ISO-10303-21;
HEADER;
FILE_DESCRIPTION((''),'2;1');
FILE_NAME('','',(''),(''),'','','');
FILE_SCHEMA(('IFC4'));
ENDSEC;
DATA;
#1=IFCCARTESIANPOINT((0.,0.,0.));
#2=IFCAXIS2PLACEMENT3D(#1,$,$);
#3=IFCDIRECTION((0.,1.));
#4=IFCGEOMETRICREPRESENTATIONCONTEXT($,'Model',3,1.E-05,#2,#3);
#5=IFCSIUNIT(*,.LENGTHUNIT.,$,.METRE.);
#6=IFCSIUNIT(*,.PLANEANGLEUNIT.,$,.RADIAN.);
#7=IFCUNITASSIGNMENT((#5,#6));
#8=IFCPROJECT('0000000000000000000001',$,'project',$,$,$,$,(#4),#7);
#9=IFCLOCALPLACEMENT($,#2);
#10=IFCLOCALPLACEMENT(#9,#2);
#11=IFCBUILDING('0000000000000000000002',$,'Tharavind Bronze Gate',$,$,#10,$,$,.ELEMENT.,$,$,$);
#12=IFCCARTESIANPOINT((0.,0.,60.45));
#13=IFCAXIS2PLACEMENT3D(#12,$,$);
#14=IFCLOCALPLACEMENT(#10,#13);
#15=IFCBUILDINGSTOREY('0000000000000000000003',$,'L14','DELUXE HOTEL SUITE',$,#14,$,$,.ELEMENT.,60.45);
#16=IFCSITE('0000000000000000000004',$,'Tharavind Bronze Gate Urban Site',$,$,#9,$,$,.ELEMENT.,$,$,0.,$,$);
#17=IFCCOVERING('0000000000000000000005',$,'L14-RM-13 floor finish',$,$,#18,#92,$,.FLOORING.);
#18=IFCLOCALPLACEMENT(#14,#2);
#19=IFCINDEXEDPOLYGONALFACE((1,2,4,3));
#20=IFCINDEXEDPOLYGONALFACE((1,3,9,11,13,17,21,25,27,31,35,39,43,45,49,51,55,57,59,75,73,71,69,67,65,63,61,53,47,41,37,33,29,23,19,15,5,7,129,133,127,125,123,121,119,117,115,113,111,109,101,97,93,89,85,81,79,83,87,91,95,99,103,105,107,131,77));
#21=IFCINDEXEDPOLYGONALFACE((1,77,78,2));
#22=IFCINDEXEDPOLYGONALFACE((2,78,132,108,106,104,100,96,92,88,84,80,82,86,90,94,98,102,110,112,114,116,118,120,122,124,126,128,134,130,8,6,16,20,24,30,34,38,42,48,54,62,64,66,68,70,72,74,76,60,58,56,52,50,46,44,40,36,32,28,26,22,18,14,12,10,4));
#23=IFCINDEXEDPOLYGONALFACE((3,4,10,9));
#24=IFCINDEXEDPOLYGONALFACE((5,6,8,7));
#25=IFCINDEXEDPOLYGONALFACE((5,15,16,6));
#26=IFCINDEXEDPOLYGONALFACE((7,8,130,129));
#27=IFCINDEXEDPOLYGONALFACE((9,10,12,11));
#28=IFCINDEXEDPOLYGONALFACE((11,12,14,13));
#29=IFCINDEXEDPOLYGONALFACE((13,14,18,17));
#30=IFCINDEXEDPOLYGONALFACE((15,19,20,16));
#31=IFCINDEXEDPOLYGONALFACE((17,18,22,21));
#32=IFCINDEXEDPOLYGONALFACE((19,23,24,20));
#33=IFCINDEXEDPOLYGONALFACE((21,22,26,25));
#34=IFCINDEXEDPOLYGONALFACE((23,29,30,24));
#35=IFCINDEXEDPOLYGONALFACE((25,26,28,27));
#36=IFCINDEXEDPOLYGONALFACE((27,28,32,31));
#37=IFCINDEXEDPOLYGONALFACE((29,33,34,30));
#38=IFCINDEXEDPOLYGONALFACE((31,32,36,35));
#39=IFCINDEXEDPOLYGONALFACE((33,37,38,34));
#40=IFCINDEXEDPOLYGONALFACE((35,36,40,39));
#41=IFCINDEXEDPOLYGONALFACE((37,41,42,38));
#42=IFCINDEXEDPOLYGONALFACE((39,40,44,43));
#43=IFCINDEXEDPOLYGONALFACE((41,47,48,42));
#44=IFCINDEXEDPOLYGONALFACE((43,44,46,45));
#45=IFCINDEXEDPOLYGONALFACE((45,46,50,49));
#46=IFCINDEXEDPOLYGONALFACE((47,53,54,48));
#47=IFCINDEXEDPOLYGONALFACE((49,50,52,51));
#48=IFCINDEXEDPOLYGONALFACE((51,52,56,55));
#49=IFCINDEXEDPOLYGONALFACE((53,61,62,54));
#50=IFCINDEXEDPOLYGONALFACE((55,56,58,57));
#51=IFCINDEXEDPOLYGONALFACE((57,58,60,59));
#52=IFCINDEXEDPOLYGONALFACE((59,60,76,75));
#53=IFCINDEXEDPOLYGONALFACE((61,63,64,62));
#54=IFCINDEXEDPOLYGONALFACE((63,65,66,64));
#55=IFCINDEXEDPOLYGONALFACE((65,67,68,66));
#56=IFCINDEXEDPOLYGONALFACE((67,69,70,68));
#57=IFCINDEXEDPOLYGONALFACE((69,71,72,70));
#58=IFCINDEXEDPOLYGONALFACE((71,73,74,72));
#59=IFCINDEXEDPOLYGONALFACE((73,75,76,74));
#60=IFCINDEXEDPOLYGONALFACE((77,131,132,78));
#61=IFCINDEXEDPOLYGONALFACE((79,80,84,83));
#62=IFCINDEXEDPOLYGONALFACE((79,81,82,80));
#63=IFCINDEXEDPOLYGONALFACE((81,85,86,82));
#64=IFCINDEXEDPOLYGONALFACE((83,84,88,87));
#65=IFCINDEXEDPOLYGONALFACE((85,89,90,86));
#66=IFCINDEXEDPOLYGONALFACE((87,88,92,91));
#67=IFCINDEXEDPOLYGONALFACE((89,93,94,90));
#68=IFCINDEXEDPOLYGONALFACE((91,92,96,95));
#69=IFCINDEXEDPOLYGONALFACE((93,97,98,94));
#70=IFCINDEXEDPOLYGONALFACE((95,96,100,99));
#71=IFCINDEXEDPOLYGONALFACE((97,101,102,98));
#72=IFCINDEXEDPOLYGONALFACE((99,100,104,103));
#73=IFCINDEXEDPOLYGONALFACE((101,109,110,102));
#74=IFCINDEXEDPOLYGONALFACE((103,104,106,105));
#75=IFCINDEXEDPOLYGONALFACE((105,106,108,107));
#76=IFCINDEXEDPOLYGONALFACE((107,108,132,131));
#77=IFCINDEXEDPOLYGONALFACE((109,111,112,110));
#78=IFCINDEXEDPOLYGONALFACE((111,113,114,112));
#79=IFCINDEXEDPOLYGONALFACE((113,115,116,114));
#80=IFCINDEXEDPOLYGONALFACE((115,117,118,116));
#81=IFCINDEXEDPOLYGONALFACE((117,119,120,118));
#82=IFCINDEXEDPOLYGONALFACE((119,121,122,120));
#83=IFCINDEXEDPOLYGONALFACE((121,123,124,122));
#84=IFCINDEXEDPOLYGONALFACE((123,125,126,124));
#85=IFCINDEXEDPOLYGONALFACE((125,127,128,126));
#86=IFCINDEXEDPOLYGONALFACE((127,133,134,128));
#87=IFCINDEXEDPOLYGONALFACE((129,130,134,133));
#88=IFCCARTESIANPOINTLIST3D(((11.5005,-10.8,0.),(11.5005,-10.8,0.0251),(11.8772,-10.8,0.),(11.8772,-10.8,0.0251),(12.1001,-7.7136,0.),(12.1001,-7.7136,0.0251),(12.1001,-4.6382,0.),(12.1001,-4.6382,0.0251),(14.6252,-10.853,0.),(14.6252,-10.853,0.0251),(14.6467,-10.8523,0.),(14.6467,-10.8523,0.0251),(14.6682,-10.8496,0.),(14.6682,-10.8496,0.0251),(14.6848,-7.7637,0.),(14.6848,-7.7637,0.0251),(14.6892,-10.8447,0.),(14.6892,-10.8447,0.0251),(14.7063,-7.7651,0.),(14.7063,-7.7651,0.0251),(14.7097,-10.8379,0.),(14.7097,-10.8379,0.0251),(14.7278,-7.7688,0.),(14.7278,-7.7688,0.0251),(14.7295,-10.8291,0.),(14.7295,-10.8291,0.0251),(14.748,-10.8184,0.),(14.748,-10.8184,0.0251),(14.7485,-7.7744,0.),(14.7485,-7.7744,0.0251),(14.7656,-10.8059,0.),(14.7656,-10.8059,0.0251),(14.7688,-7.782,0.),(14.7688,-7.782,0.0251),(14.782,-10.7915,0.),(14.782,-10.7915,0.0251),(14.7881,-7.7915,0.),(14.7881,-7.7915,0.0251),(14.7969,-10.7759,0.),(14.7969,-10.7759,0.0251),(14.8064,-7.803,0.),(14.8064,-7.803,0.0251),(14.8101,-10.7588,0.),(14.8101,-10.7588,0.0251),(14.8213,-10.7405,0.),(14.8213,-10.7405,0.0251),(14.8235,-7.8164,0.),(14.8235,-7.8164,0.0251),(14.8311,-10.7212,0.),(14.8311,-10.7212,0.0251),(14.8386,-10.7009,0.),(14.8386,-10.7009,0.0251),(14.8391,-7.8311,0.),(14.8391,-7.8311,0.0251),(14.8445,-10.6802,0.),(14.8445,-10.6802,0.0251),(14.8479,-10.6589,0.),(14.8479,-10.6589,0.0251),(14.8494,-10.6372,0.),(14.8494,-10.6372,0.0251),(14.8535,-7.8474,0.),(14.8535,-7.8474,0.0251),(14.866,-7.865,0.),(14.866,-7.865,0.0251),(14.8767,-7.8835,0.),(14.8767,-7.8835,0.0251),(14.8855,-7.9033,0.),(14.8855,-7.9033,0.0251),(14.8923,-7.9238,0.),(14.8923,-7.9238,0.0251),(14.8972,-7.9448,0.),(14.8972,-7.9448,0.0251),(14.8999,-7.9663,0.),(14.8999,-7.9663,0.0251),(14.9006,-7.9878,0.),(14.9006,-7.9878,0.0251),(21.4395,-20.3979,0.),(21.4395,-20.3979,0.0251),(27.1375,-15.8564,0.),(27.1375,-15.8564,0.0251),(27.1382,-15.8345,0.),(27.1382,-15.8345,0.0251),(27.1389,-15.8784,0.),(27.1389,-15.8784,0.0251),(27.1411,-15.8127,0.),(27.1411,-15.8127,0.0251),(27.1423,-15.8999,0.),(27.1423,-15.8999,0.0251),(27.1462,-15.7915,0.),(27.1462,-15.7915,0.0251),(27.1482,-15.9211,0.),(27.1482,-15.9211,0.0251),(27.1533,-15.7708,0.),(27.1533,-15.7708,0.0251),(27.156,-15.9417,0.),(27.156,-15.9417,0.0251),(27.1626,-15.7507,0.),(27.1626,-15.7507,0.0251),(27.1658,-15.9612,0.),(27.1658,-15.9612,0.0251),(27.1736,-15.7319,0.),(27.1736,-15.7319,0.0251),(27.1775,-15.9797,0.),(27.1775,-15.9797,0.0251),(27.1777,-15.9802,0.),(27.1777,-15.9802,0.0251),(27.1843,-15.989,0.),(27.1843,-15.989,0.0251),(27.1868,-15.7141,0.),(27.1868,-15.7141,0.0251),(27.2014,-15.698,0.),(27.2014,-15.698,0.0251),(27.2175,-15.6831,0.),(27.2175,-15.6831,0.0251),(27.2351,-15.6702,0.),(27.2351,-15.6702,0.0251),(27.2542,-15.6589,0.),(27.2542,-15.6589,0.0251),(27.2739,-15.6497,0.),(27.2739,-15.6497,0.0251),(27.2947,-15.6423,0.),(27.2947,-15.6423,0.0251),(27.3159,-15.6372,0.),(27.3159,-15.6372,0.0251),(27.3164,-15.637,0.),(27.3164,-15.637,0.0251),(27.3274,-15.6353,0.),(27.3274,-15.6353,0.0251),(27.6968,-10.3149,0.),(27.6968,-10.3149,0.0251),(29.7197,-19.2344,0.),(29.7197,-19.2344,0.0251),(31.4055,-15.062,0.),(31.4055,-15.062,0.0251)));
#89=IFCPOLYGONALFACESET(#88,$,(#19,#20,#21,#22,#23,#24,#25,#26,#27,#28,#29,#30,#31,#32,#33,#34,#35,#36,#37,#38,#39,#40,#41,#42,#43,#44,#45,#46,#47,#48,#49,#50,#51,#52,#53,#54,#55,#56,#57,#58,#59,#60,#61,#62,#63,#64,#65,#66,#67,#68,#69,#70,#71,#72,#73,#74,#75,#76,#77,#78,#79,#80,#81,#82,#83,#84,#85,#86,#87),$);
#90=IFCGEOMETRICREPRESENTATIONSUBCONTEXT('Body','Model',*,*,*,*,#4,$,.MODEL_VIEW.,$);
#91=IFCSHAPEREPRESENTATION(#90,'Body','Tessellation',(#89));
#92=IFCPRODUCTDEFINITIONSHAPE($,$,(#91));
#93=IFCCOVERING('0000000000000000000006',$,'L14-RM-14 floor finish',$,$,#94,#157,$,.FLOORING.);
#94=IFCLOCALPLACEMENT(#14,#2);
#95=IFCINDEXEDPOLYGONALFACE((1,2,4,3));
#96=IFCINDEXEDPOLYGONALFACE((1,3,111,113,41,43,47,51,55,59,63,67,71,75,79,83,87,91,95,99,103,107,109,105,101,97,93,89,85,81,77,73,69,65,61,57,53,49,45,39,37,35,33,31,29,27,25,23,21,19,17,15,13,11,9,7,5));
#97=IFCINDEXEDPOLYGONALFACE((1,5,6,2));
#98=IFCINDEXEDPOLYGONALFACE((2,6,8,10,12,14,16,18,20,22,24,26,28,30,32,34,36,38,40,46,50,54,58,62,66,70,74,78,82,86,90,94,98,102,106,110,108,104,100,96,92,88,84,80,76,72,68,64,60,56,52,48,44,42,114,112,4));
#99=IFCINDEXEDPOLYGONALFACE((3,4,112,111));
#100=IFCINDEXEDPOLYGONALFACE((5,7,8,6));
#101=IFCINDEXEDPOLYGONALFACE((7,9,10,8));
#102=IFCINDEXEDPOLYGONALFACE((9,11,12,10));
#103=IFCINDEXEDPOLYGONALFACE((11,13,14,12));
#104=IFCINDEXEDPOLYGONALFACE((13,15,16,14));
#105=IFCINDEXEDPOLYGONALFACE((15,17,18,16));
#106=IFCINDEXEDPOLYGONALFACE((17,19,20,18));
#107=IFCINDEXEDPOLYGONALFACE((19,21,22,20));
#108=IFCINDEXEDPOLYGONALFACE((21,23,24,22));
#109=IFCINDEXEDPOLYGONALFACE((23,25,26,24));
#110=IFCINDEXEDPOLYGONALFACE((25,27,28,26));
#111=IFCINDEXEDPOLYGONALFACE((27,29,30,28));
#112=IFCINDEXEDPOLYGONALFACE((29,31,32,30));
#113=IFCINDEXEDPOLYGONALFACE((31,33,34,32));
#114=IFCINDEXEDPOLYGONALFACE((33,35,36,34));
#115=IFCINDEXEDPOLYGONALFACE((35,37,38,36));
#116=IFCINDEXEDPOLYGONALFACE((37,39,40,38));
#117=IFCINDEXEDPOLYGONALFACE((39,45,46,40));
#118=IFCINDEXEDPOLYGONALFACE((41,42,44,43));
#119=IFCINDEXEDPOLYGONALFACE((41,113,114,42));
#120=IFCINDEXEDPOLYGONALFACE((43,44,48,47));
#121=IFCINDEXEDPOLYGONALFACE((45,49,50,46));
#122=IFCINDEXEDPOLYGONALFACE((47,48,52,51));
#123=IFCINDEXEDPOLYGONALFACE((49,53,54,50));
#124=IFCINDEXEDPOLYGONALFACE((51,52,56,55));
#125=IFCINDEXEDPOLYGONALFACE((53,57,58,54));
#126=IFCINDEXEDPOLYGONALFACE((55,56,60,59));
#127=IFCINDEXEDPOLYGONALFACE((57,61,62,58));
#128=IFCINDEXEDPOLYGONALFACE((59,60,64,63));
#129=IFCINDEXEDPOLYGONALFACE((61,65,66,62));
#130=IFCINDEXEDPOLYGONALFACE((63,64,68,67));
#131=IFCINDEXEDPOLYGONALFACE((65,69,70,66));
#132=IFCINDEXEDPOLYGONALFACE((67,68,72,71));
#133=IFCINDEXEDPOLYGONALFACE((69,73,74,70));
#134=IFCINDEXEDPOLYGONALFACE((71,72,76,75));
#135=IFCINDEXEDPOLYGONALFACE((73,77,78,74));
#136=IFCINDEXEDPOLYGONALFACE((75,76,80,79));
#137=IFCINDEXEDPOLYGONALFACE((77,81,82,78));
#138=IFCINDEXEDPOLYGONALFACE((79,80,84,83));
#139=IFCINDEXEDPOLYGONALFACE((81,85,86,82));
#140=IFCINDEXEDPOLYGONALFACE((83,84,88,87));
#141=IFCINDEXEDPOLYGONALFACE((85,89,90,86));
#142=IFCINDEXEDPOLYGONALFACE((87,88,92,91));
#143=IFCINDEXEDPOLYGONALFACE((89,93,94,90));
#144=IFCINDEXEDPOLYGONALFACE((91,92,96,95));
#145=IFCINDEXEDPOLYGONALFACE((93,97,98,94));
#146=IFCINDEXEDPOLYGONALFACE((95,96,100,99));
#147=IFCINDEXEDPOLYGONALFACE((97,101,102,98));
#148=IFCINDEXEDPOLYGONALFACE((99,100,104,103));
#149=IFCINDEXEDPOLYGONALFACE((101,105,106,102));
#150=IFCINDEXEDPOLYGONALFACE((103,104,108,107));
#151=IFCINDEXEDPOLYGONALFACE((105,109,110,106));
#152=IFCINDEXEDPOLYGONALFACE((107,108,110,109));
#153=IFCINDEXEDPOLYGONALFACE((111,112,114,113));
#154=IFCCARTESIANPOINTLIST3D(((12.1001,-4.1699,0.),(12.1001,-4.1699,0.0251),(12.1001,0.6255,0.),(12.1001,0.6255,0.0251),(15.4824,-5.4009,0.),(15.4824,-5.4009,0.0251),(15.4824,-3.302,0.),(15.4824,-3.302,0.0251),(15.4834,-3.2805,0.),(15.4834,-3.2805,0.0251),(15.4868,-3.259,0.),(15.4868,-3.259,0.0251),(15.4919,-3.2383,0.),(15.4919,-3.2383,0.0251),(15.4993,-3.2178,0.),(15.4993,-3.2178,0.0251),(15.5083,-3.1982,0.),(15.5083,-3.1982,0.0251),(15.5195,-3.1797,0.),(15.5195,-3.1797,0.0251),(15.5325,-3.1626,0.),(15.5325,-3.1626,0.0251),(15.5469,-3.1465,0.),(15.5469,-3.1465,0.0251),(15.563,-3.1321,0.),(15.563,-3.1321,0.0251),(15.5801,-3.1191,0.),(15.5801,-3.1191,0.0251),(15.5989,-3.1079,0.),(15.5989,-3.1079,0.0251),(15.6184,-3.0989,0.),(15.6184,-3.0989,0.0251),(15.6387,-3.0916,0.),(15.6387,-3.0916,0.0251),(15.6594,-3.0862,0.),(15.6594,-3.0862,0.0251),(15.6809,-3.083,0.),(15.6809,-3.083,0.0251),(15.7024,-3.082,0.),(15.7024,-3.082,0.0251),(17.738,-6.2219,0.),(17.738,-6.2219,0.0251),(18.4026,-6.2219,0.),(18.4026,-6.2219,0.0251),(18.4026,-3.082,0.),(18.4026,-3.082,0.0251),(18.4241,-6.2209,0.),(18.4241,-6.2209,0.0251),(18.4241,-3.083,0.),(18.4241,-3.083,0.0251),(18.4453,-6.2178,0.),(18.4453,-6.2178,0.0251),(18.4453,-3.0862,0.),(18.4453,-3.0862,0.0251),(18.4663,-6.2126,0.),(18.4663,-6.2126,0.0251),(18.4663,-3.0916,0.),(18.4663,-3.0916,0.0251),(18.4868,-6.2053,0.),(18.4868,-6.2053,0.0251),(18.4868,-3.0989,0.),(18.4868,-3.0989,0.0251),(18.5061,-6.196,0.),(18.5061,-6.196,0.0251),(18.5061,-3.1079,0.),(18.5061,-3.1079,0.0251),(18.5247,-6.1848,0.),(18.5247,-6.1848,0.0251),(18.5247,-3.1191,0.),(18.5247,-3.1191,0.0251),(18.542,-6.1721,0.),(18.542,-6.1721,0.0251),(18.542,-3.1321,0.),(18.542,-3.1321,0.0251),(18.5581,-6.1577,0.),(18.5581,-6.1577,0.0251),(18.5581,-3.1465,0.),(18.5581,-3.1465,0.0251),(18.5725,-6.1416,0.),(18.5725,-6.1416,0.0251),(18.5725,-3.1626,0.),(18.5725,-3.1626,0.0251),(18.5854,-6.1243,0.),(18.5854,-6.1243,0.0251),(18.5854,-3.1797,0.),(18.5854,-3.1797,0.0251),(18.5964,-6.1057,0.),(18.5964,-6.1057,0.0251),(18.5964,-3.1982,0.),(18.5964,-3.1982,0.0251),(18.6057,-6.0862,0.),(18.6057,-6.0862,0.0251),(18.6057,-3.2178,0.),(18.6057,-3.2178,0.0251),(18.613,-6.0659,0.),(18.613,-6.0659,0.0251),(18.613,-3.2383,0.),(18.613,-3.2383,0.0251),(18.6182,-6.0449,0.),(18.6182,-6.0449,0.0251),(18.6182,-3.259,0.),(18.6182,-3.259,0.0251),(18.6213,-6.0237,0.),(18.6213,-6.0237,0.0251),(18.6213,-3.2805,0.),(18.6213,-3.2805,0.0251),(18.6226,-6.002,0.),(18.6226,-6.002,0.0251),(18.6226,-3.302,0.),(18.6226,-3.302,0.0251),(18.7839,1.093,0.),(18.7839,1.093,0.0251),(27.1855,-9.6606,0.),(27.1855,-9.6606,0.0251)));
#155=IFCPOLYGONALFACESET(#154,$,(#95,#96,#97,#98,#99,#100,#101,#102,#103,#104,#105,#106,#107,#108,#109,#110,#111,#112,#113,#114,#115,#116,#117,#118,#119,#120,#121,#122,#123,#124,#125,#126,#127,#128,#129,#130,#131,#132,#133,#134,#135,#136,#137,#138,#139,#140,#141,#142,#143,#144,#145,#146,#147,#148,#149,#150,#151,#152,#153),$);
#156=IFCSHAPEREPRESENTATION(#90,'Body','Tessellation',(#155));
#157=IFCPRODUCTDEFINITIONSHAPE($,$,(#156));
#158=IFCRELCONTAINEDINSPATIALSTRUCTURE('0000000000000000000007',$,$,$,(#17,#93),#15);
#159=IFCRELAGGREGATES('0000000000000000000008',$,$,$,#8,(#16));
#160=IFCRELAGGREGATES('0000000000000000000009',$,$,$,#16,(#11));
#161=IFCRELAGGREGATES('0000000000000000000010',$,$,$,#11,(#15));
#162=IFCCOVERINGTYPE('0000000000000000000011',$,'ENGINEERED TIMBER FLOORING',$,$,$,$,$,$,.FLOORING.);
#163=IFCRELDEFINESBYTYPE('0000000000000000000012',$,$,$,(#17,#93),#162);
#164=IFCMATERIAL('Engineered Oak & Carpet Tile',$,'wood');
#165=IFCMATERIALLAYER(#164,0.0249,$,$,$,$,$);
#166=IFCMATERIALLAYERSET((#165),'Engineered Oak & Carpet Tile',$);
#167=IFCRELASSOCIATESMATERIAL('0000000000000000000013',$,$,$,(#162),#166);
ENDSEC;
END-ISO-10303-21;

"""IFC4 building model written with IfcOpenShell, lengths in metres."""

from ifc_helpers import new_model, si_unit, direction, frame, origin, place, context, subcontext, project, spatial, polyline, outline, extrude, material, layer, layer_set, type_object, element, save


model = new_model("IFC4")

# Units and contexts
model_context = context("Model", 3, precision=1e-05, world=origin(), true_north=direction((0.0, 1.0)))
body_context = subcontext(model_context, "Body", "Model", "MODEL_VIEW")
ifc_project = project(units=[si_unit("LENGTHUNIT", "METRE"), si_unit("PLANEANGLEUNIT", "RADIAN")], contexts=[model_context])

# Site, building, storey
site_placement = place(None, origin())
site = spatial("IfcSite", under=ifc_project, at=site_placement, Name="Tharavind Bronze Gate Urban Site", CompositionType="ELEMENT", RefElevation=0.0)
building_placement = place(site_placement, origin())
building = spatial("IfcBuilding", under=site, at=building_placement, Name="Tharavind Bronze Gate", CompositionType="ELEMENT")
storey_placement = place(building_placement, frame((0.0, 0.0, 60.45)))
storey = spatial("IfcBuildingStorey", under=building, at=storey_placement, Name="L14", Description="DELUXE HOTEL SUITE", CompositionType="ELEMENT", Elevation=60.45)

# Coverings
ifc_material_1 = material(Name="Engineered Oak & Carpet Tile", Category="wood")
ifc_layer_1 = layer(ifc_material_1, 0.0249)
ifc_layer_set_1 = layer_set([ifc_layer_1], Name="Engineered Oak & Carpet Tile")
covering_type_1 = type_object("IfcCoveringType", Name="ENGINEERED TIMBER FLOORING", PredefinedType="FLOORING", material=ifc_layer_set_1)
covering_1_placement = place(storey_placement, origin())
element("IfcCovering", 1, at=covering_1_placement, inside=storey, type_object=covering_type_1, Name="L14-RM-13 floor finish", PredefinedType="FLOORING", context=body_context, shape_type="SweptSolid", body=[
    extrude(outline(polyline([(21.4395, -20.3979), (29.7197, -19.2344), (27.1843, -15.989), (27.1777, -15.9802), (27.1775, -15.9797), (27.1658, -15.9612), (27.156, -15.9417), (27.1482, -15.9211), (27.1423, -15.8999), (27.1389, -15.8784), (27.1375, -15.8564), (27.1382, -15.8345), (27.1411, -15.8127), (27.1462, -15.7915), (27.1533, -15.7708), (27.1626, -15.7507), (27.1736, -15.7319), (27.1868, -15.7141), (27.2014, -15.698), (27.2175, -15.6831), (27.2351, -15.6702), (27.2542, -15.6589), (27.2739, -15.6497), (27.2947, -15.6423), (27.3159, -15.6372), (27.3164, -15.637), (27.3274, -15.6353), (31.4055, -15.062), (27.6968, -10.3149), (12.1001, -4.6382), (12.1001, -7.7136), (14.6848, -7.7637), (14.7063, -7.7651), (14.7278, -7.7688), (14.7485, -7.7744), (14.7688, -7.782), (14.7881, -7.7915), (14.8064, -7.803), (14.8235, -7.8164), (14.8391, -7.8311), (14.8535, -7.8474), (14.866, -7.865), (14.8767, -7.8835), (14.8855, -7.9033), (14.8923, -7.9238), (14.8972, -7.9448), (14.8999, -7.9663), (14.9006, -7.9878), (14.8494, -10.6372), (14.8479, -10.6589), (14.8445, -10.6802), (14.8386, -10.7009), (14.8311, -10.7212), (14.8213, -10.7405), (14.8101, -10.7588), (14.7969, -10.7759), (14.782, -10.7915), (14.7656, -10.8059), (14.748, -10.8184), (14.7295, -10.8291), (14.7097, -10.8379), (14.6892, -10.8447), (14.6682, -10.8496), (14.6467, -10.8523), (14.6252, -10.853), (11.8772, -10.8), (11.5005, -10.8), (21.4395, -20.3979)])), origin(), (0.0, 0.0, 1.0), 0.0251),
])
covering_2_placement = place(storey_placement, origin())
element("IfcCovering", 2, at=covering_2_placement, inside=storey, type_object=covering_type_1, Name="L14-RM-14 floor finish", PredefinedType="FLOORING", context=body_context, shape_type="SweptSolid", body=[
    extrude(outline(polyline([(12.1001, -4.1699), (15.4824, -5.4009), (15.4824, -3.302), (15.4834, -3.2805), (15.4868, -3.259), (15.4919, -3.2383), (15.4993, -3.2178), (15.5083, -3.1982), (15.5195, -3.1797), (15.5325, -3.1626), (15.5469, -3.1465), (15.563, -3.1321), (15.5801, -3.1191), (15.5989, -3.1079), (15.6184, -3.0989), (15.6387, -3.0916), (15.6594, -3.0862), (15.6809, -3.083), (15.7024, -3.082), (18.4026, -3.082), (18.4241, -3.083), (18.4453, -3.0862), (18.4663, -3.0916), (18.4868, -3.0989), (18.5061, -3.1079), (18.5247, -3.1191), (18.542, -3.1321), (18.5581, -3.1465), (18.5725, -3.1626), (18.5854, -3.1797), (18.5964, -3.1982), (18.6057, -3.2178), (18.613, -3.2383), (18.6182, -3.259), (18.6213, -3.2805), (18.6226, -3.302), (18.6226, -6.002), (18.6213, -6.0237), (18.6182, -6.0449), (18.613, -6.0659), (18.6057, -6.0862), (18.5964, -6.1057), (18.5854, -6.1243), (18.5725, -6.1416), (18.5581, -6.1577), (18.542, -6.1721), (18.5247, -6.1848), (18.5061, -6.196), (18.4868, -6.2053), (18.4663, -6.2126), (18.4453, -6.2178), (18.4241, -6.2209), (18.4026, -6.2219), (17.738, -6.2219), (27.1855, -9.6606), (18.7839, 1.093), (12.1001, 0.6255), (12.1001, -4.1699)])), origin(), (0.0, 0.0, 1.0), 0.0251),
])

save(model, "model.ifc")
